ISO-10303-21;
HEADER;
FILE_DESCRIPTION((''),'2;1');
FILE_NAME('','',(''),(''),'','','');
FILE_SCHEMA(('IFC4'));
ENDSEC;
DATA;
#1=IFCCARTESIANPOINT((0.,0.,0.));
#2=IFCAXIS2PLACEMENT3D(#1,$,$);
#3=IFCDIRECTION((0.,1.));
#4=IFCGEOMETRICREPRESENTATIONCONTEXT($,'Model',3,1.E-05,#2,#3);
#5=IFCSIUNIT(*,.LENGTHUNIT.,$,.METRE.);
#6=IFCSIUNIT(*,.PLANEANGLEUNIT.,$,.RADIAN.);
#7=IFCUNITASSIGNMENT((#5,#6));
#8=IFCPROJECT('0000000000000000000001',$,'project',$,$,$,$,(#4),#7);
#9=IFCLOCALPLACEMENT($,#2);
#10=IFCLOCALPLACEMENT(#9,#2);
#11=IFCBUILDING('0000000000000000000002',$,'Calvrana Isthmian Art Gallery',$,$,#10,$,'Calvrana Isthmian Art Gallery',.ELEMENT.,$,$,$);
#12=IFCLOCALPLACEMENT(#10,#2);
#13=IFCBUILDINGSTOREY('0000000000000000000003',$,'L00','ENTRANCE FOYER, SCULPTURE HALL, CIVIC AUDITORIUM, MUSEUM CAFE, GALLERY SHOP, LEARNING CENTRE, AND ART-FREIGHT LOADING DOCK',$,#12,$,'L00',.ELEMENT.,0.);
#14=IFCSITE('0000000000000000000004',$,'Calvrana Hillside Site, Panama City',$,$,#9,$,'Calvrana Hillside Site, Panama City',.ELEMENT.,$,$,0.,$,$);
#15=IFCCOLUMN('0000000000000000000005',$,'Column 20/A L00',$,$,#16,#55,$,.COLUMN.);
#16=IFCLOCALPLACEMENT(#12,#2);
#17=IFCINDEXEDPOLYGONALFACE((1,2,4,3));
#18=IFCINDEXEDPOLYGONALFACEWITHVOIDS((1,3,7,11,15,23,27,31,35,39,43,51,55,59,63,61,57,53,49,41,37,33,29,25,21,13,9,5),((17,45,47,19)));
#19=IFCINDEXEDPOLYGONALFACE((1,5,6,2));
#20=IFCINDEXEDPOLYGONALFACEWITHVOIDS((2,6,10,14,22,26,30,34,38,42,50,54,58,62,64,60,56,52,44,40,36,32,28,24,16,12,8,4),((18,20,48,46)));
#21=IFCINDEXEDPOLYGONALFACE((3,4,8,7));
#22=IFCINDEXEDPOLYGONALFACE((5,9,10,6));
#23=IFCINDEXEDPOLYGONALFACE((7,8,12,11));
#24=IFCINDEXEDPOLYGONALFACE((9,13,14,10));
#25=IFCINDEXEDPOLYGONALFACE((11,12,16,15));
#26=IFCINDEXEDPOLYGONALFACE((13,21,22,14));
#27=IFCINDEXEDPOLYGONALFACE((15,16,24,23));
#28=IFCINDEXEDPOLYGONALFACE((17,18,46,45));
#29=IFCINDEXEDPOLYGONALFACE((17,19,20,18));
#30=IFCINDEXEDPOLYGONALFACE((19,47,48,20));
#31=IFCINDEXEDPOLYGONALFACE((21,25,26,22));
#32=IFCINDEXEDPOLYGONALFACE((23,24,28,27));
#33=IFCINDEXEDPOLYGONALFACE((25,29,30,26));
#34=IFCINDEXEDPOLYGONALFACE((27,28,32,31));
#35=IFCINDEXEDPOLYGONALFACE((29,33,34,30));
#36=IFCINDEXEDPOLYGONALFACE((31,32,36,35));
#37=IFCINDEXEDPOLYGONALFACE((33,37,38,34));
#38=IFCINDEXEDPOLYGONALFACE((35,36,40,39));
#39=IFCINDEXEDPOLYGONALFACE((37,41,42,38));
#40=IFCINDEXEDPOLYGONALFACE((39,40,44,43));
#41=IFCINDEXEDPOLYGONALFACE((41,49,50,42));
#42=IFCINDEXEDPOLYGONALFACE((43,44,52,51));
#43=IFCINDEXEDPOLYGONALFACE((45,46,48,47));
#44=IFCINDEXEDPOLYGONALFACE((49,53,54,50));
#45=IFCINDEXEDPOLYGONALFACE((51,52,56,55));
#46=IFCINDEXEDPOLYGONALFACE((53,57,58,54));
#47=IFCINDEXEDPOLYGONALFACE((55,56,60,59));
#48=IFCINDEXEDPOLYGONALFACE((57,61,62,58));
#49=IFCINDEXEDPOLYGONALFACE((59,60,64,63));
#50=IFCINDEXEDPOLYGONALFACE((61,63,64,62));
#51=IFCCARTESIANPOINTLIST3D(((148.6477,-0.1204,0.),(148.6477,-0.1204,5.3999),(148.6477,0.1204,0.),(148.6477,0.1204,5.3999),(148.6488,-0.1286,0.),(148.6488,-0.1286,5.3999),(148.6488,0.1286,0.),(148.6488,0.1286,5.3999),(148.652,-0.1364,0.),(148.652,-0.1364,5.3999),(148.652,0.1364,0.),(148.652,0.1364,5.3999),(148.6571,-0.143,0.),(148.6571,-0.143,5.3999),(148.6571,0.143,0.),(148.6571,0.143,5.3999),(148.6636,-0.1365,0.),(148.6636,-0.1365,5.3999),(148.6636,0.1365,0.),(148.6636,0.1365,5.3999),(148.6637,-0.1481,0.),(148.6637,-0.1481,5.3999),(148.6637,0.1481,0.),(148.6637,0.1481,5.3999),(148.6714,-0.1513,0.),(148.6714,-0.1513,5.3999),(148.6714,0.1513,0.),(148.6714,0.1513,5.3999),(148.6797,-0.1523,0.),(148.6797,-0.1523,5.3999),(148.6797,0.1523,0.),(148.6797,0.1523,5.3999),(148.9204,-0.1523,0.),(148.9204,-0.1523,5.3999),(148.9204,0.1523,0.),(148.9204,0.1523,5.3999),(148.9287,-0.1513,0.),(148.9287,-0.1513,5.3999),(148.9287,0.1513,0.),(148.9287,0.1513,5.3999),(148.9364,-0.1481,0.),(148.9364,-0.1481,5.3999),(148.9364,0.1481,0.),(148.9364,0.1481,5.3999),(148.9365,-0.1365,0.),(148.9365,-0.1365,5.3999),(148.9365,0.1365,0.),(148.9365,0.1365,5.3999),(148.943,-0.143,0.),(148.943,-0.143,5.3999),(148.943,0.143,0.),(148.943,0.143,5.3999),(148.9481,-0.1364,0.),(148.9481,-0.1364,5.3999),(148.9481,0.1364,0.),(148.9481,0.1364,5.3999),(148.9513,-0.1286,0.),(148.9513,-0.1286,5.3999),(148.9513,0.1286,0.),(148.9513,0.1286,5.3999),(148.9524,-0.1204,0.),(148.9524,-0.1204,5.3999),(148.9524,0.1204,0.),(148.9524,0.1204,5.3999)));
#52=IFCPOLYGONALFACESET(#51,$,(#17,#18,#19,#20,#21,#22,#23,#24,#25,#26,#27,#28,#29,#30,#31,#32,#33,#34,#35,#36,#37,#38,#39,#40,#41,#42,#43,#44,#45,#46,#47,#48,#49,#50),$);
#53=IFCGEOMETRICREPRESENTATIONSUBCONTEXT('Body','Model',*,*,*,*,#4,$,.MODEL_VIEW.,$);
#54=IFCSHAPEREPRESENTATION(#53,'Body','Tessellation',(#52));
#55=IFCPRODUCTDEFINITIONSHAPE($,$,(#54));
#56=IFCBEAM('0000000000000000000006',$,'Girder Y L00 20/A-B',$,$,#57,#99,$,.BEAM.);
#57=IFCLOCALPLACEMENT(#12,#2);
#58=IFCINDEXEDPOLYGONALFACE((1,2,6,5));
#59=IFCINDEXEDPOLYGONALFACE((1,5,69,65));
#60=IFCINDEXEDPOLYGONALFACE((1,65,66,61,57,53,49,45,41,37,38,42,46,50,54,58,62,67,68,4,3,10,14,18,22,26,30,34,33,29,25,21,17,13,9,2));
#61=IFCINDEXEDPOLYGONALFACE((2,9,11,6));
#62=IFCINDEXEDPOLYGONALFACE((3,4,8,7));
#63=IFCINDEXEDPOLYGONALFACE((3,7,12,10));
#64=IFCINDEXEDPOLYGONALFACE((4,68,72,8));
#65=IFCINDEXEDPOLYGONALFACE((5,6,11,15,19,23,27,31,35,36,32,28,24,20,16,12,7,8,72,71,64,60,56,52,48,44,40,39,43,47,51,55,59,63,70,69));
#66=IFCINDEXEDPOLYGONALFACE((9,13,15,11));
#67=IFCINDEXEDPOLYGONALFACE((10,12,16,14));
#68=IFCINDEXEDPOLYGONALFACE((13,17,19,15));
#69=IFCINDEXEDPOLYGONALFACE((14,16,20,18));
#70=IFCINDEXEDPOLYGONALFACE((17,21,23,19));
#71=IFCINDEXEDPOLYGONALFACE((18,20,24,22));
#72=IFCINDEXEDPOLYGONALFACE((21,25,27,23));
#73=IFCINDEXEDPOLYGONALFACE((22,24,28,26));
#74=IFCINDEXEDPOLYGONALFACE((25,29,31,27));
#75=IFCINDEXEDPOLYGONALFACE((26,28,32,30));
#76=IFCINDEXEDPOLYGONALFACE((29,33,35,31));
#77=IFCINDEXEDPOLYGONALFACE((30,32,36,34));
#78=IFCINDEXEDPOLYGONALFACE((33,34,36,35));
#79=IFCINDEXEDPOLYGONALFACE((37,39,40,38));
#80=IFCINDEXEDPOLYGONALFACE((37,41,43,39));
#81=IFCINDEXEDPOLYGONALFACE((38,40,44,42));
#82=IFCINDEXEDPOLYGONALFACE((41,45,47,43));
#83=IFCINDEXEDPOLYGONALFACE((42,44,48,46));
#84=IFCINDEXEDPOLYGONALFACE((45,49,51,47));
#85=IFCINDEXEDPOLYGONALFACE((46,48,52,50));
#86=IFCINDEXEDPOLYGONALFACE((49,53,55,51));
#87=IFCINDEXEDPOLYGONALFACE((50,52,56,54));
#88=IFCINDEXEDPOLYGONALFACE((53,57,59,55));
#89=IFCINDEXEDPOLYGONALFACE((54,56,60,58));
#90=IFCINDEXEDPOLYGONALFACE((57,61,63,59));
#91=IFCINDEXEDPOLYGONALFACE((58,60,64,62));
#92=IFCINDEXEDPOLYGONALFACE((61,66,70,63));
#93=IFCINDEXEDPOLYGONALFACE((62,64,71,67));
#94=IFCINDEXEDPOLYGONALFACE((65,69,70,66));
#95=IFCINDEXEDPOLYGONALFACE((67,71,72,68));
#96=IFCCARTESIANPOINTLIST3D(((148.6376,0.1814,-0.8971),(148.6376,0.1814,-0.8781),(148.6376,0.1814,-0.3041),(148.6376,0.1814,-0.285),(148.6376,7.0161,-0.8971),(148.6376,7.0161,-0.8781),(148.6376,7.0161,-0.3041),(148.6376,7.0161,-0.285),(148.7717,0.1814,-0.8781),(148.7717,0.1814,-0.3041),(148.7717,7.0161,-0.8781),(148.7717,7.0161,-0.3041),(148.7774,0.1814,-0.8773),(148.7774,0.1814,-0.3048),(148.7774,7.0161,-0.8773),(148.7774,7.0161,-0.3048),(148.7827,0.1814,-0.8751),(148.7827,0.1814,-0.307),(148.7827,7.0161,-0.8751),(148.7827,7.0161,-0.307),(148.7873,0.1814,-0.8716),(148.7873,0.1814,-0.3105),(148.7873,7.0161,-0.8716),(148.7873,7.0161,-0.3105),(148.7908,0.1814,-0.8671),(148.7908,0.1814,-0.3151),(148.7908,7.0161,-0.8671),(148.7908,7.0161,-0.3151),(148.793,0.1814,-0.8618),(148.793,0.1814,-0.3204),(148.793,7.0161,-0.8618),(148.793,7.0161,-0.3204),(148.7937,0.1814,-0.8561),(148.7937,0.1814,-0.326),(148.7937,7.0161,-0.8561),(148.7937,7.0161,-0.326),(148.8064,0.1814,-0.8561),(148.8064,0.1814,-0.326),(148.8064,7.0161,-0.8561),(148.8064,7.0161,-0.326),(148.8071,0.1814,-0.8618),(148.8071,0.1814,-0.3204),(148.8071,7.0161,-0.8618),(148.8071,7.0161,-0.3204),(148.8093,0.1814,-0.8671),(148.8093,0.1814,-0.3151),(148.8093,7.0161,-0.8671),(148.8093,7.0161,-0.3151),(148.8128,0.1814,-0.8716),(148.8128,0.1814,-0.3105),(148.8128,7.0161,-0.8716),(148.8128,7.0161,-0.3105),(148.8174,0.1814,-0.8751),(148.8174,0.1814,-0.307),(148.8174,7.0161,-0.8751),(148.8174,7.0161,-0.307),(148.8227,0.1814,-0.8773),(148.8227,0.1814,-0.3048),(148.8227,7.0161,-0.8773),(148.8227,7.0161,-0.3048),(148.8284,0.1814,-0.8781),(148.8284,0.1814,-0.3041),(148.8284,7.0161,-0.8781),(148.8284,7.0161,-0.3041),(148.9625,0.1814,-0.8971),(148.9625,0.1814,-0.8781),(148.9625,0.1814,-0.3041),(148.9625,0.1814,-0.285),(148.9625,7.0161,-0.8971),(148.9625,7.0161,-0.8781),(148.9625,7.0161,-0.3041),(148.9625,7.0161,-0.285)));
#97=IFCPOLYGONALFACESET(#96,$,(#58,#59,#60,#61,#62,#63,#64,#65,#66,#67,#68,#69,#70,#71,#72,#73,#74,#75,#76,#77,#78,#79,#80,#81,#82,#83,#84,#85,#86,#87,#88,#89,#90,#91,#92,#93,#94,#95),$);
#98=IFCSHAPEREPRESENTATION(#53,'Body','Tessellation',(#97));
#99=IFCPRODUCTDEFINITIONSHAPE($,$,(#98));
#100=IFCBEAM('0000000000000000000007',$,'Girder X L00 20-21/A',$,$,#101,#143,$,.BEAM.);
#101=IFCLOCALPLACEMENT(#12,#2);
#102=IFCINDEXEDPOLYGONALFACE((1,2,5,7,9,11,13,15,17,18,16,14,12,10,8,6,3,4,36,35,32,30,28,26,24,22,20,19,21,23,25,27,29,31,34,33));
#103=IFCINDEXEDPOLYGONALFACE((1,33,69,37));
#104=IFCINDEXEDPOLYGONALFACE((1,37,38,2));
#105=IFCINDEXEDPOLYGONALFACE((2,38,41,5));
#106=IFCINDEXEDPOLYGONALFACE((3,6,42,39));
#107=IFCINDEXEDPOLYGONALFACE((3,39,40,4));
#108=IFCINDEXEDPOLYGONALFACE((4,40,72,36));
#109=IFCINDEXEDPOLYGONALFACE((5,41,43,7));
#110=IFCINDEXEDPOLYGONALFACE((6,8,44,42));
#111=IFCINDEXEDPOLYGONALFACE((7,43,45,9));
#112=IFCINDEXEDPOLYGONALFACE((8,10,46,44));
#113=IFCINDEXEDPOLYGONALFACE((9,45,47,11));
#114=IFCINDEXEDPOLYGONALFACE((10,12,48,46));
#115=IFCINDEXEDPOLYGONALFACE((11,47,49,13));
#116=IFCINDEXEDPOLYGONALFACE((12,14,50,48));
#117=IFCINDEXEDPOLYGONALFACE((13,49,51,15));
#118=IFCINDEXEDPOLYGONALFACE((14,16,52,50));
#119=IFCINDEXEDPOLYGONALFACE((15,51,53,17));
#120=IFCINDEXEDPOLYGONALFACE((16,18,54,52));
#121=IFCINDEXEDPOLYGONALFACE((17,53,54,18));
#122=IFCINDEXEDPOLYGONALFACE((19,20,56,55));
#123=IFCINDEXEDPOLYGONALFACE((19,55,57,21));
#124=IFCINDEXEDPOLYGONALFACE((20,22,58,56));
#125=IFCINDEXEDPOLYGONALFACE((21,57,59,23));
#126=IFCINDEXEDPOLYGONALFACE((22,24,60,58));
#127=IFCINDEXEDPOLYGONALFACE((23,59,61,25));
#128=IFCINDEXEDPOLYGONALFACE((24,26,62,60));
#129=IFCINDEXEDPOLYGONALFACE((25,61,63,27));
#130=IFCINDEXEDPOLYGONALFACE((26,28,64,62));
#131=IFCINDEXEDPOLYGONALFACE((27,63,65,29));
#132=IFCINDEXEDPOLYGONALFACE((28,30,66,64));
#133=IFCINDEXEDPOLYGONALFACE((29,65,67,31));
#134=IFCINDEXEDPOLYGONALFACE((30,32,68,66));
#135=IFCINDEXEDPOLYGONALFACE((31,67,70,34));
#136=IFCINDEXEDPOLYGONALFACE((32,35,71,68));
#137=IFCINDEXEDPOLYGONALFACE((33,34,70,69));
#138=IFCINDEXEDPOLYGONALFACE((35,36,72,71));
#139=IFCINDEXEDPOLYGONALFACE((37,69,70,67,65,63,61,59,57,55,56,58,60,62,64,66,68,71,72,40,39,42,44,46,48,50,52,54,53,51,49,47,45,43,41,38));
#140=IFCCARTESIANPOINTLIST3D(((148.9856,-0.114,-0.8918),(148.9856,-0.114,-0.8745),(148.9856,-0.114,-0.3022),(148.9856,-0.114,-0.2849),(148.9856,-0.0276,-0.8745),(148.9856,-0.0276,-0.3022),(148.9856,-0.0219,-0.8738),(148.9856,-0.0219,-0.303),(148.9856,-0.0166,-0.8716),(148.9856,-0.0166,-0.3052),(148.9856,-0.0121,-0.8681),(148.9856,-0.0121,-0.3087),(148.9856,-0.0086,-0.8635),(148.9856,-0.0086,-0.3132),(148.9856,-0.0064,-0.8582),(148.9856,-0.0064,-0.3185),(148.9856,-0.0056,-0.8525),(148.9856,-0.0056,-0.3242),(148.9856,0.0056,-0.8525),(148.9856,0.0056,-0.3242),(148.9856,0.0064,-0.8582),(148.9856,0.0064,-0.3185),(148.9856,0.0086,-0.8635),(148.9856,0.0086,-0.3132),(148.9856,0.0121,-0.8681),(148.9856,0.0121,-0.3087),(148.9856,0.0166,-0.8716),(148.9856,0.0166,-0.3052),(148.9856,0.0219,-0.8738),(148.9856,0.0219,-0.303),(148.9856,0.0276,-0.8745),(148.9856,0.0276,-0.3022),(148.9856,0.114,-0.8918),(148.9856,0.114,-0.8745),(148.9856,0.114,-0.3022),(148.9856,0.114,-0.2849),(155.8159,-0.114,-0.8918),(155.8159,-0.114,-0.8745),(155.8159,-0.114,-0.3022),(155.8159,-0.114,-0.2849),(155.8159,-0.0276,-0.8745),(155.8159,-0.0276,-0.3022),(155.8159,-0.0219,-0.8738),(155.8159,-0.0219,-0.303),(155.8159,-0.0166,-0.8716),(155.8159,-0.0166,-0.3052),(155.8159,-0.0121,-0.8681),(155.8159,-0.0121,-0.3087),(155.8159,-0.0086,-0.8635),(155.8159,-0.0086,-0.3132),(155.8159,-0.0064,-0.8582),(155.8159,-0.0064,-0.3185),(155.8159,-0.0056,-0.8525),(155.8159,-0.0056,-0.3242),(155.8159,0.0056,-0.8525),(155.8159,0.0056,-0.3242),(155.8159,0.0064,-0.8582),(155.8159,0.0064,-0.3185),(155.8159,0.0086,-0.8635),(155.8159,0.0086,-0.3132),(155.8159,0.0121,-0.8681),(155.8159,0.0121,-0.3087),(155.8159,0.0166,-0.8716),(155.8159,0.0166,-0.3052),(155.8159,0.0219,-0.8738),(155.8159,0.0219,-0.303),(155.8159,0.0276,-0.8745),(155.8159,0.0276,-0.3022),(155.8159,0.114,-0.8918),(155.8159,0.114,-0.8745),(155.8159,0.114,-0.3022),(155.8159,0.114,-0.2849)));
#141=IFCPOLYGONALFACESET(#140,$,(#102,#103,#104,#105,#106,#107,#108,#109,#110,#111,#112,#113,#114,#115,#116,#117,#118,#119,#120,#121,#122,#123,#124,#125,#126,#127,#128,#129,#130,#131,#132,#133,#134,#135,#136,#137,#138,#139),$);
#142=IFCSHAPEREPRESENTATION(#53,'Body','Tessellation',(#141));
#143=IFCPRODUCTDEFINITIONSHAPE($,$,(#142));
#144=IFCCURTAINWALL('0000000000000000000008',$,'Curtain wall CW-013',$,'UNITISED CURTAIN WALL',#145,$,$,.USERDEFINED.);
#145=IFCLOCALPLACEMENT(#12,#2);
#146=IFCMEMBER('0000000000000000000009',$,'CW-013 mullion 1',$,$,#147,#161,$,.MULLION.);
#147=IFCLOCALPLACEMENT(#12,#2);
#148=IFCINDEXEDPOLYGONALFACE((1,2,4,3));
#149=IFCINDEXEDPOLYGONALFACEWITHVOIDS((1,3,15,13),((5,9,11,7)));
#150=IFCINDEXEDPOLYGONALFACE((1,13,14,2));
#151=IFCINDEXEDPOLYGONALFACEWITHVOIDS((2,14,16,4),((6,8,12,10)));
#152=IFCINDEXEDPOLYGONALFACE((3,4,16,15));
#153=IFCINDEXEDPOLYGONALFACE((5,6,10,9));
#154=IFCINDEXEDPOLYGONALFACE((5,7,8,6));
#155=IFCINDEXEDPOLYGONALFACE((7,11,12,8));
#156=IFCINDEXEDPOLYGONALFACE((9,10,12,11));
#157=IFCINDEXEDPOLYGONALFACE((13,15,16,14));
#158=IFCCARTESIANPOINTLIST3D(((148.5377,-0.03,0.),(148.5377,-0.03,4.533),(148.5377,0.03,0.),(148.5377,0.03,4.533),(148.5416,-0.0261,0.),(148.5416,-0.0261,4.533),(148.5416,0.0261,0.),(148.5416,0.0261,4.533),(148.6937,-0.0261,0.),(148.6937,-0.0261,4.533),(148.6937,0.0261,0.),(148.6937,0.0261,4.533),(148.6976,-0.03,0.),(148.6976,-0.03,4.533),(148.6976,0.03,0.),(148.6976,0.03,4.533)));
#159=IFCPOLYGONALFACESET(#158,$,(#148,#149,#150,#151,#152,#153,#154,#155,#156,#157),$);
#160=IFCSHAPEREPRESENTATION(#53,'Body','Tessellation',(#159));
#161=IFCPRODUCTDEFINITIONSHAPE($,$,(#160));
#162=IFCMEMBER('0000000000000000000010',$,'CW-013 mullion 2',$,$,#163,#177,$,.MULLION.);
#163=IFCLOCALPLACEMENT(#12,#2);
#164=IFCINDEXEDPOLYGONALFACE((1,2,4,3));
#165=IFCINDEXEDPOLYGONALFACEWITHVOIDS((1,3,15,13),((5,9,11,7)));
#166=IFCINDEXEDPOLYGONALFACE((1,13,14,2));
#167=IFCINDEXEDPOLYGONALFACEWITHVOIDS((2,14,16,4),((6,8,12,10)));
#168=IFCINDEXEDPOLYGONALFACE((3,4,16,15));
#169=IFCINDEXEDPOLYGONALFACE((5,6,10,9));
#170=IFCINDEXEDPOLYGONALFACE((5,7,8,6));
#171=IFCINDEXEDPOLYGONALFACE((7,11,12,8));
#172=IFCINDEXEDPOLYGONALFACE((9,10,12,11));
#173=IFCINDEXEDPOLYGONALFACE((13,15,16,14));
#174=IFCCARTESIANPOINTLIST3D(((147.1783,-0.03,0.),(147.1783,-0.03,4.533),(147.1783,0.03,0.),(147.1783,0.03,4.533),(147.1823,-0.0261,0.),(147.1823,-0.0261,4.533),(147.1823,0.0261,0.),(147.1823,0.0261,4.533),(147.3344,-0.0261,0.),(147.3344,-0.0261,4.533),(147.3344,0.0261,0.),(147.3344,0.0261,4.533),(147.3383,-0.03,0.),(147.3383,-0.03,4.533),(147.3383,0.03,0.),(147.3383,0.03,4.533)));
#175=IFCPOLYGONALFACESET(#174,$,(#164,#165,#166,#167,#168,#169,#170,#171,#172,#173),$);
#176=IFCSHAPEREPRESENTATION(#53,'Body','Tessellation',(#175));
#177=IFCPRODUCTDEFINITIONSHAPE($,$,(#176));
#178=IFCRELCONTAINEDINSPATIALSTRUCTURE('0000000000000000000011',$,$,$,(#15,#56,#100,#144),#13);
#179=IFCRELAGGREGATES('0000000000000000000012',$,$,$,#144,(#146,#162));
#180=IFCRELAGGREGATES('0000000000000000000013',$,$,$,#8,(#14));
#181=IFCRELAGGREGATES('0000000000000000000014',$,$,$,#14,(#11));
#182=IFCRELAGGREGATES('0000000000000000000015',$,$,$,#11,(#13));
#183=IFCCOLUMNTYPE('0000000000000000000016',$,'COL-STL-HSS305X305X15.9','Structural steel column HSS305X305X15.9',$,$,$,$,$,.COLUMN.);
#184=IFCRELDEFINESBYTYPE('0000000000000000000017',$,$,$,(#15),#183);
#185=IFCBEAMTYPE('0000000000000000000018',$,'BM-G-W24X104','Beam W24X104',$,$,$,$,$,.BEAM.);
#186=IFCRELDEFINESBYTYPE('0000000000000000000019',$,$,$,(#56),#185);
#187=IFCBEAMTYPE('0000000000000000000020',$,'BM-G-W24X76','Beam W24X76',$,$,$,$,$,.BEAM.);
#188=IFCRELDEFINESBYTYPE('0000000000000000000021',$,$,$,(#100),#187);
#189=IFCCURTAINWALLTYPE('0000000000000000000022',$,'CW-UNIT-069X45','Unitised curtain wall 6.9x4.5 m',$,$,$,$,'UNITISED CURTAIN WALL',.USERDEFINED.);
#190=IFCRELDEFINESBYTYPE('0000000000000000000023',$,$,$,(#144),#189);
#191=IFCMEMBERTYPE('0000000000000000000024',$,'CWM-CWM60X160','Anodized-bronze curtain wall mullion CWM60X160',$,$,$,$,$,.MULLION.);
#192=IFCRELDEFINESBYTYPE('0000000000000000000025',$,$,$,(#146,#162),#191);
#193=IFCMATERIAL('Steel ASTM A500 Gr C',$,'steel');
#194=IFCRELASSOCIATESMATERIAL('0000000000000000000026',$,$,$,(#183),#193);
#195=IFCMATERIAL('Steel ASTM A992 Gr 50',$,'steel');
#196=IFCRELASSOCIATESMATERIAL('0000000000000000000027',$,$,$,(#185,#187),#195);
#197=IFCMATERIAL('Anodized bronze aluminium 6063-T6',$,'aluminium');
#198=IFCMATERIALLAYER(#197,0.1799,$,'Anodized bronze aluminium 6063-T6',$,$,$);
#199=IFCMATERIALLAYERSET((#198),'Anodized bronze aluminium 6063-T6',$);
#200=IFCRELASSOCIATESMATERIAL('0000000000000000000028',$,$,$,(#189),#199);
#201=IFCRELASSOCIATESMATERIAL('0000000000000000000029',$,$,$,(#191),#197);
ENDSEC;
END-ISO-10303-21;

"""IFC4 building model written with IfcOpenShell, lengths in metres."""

from ifc_helpers import new_model, si_unit, direction, frame, origin, origin_2d, place, context, subcontext, project, spatial, hollow_rectangle, i_section, extrude, material, layer, layer_set, material_profile, profile_set, type_object, element, aggregate, save


model = new_model("IFC4")

# Units and contexts
model_context = context("Model", 3, precision=1e-05, world=origin(), true_north=direction((0.0, 1.0)))
body_context = subcontext(model_context, "Body", "Model", "MODEL_VIEW")
ifc_project = project(units=[si_unit("LENGTHUNIT", "METRE"), si_unit("PLANEANGLEUNIT", "RADIAN")], contexts=[model_context])

# Site, building, storey
site_placement = place(None, origin())
site = spatial("IfcSite", under=ifc_project, at=site_placement, Name="Calvrana Hillside Site, Panama City", LongName="Calvrana Hillside Site, Panama City", CompositionType="ELEMENT", RefElevation=0.0)
building_placement = place(site_placement, origin())
building = spatial("IfcBuilding", under=site, at=building_placement, Name="Calvrana Isthmian Art Gallery", LongName="Calvrana Isthmian Art Gallery", CompositionType="ELEMENT")
storey_placement = place(building_placement, origin())
storey = spatial("IfcBuildingStorey", under=building, at=storey_placement, Name="L00", Description="ENTRANCE FOYER, SCULPTURE HALL, CIVIC AUDITORIUM, MUSEUM CAFE, GALLERY SHOP, LEARNING CENTRE, AND ART-FREIGHT LOADING DOCK", LongName="L00", CompositionType="ELEMENT", Elevation=0.0)

# Column
ifc_material_1 = material(Name="Steel ASTM A500 Gr C", Category="steel")
ifc_material_profile_1 = material_profile(ifc_material_1, hollow_rectangle(XDim=0.3047, YDim=0.3047, WallThickness=0.0159, OuterFilletRadius=0.032, at=origin_2d()), Name="HSS305X305X15.9")
ifc_profile_set_1 = profile_set([ifc_material_profile_1], Name="Steel ASTM A500 Gr C")
column_type = type_object("IfcColumnType", Name="COL-STL-HSS305X305X15.9", Description="Structural steel column HSS305X305X15.9", PredefinedType="COLUMN", material=ifc_profile_set_1)
column_placement = place(storey_placement, frame((148.8, 0.0, 0.0), z_axis=(0.0, 0.0, 1.0), x_axis=(1.0, 0.0, 0.0)))
element("IfcColumn", 1, at=column_placement, inside=storey, type_object=column_type, Name="Column 20/A L00", PredefinedType="COLUMN", context=body_context, shape_type="SweptSolid", body=[
    extrude(hollow_rectangle(XDim=0.3047, YDim=0.3047, WallThickness=0.0159, OuterFilletRadius=0.032, at=origin_2d()), origin(), (0.0, 0.0, 1.0), 5.3999),
])

# Beams
ifc_material_2 = material(Name="Steel ASTM A992 Gr 50", Category="steel")
ifc_material_profile_2 = material_profile(ifc_material_2, i_section(OverallWidth=0.325, OverallDepth=0.6121, WebThickness=0.0127, FlangeThickness=0.019, FilletRadius=0.022, at=origin_2d()), Name="W24X104")
ifc_profile_set_2 = profile_set([ifc_material_profile_2], Name="Steel ASTM A992 Gr 50")
beam_type_1 = type_object("IfcBeamType", Name="BM-G-W24X104", Description="Beam W24X104", PredefinedType="BEAM", material=ifc_profile_set_2)
beam_1_placement = place(storey_placement, frame((148.8, 0.1814, -0.5911), z_axis=(0.0, 1.0, 0.0), x_axis=(-1.0, 0.0, 0.0)))
element("IfcBeam", 2, at=beam_1_placement, inside=storey, type_object=beam_type_1, Name="Girder Y L00 20/A-B", PredefinedType="BEAM", context=body_context, shape_type="SweptSolid", body=[
    extrude(i_section(OverallWidth=0.325, OverallDepth=0.6121, WebThickness=0.0127, FlangeThickness=0.019, FilletRadius=0.022, at=origin_2d()), origin(), (0.0, 0.0, 1.0), 6.8347),
])
ifc_material_profile_3 = material_profile(ifc_material_2, i_section(OverallWidth=0.228, OverallDepth=0.6069, WebThickness=0.0112, FlangeThickness=0.0173, FilletRadius=0.022, at=origin_2d()), Name="W24X76")
ifc_profile_set_3 = profile_set([ifc_material_profile_3], Name="Steel ASTM A992 Gr 50")
beam_type_2 = type_object("IfcBeamType", Name="BM-G-W24X76", Description="Beam W24X76", PredefinedType="BEAM", material=ifc_profile_set_3)
beam_2_placement = place(storey_placement, frame((148.9856, 0.0, -0.5884), z_axis=(1.0, 0.0, 0.0), x_axis=(0.0, 1.0, 0.0)))
element("IfcBeam", 3, at=beam_2_placement, inside=storey, type_object=beam_type_2, Name="Girder X L00 20-21/A", PredefinedType="BEAM", context=body_context, shape_type="SweptSolid", body=[
    extrude(i_section(OverallWidth=0.228, OverallDepth=0.6069, WebThickness=0.0112, FlangeThickness=0.0173, FilletRadius=0.022, at=origin_2d()), origin(), (0.0, 0.0, 1.0), 6.8303),
])

# Curtain wall, members
ifc_material_3 = material(Name="Anodized bronze aluminium 6063-T6", Category="aluminium")
ifc_layer_1 = layer(ifc_material_3, 0.1799, Name="Anodized bronze aluminium 6063-T6")
ifc_layer_set_1 = layer_set([ifc_layer_1], Name="Anodized bronze aluminium 6063-T6")
curtain_wall_type_1 = type_object("IfcCurtainWallType", Name="CW-UNIT-069X45", Description="Unitised curtain wall 6.9x4.5 m", ElementType="UNITISED CURTAIN WALL", PredefinedType="USERDEFINED", material=ifc_layer_set_1)
curtain_wall_1_placement = place(storey_placement, origin())
curtain_wall_1 = element("IfcCurtainWall", 4, at=curtain_wall_1_placement, inside=storey, type_object=curtain_wall_type_1, Name="Curtain wall CW-013", ObjectType="UNITISED CURTAIN WALL", PredefinedType="USERDEFINED")
ifc_material_profile_4 = material_profile(ifc_material_3, hollow_rectangle(XDim=0.0601, YDim=0.1599, WallThickness=0.0039, at=origin_2d()), Name="CWM60X160")
ifc_profile_set_4 = profile_set([ifc_material_profile_4], Name="Anodized bronze aluminium 6063-T6")
member_type_1 = type_object("IfcMemberType", Name="CWM-CWM60X160", Description="Anodized-bronze curtain wall mullion CWM60X160", PredefinedType="MULLION", material=ifc_profile_set_4)
member_1_placement = place(storey_placement, frame((148.6177, 0.0, 0.0), z_axis=(0.0, 0.0, 1.0), x_axis=(0.0, -1.0, 0.0)))
member_1 = element("IfcMember", 5, at=member_1_placement, type_object=member_type_1, Name="CW-013 mullion 1", PredefinedType="MULLION", context=body_context, shape_type="SweptSolid", body=[
    extrude(hollow_rectangle(XDim=0.0601, YDim=0.1599, WallThickness=0.0039, at=origin_2d()), origin(), (0.0, 0.0, 1.0), 4.533),
])
member_2_placement = place(storey_placement, frame((147.2583, 0.0, 0.0), z_axis=(0.0, 0.0, 1.0), x_axis=(0.0, -1.0, 0.0)))
member_2 = element("IfcMember", 6, at=member_2_placement, type_object=member_type_1, Name="CW-013 mullion 2", PredefinedType="MULLION", context=body_context, shape_type="SweptSolid", body=[
    extrude(hollow_rectangle(XDim=0.0601, YDim=0.1599, WallThickness=0.0039, at=origin_2d()), origin(), (0.0, 0.0, 1.0), 4.533),
])

aggregate(curtain_wall_1, [member_1, member_2])

save(model, "model.ifc")
